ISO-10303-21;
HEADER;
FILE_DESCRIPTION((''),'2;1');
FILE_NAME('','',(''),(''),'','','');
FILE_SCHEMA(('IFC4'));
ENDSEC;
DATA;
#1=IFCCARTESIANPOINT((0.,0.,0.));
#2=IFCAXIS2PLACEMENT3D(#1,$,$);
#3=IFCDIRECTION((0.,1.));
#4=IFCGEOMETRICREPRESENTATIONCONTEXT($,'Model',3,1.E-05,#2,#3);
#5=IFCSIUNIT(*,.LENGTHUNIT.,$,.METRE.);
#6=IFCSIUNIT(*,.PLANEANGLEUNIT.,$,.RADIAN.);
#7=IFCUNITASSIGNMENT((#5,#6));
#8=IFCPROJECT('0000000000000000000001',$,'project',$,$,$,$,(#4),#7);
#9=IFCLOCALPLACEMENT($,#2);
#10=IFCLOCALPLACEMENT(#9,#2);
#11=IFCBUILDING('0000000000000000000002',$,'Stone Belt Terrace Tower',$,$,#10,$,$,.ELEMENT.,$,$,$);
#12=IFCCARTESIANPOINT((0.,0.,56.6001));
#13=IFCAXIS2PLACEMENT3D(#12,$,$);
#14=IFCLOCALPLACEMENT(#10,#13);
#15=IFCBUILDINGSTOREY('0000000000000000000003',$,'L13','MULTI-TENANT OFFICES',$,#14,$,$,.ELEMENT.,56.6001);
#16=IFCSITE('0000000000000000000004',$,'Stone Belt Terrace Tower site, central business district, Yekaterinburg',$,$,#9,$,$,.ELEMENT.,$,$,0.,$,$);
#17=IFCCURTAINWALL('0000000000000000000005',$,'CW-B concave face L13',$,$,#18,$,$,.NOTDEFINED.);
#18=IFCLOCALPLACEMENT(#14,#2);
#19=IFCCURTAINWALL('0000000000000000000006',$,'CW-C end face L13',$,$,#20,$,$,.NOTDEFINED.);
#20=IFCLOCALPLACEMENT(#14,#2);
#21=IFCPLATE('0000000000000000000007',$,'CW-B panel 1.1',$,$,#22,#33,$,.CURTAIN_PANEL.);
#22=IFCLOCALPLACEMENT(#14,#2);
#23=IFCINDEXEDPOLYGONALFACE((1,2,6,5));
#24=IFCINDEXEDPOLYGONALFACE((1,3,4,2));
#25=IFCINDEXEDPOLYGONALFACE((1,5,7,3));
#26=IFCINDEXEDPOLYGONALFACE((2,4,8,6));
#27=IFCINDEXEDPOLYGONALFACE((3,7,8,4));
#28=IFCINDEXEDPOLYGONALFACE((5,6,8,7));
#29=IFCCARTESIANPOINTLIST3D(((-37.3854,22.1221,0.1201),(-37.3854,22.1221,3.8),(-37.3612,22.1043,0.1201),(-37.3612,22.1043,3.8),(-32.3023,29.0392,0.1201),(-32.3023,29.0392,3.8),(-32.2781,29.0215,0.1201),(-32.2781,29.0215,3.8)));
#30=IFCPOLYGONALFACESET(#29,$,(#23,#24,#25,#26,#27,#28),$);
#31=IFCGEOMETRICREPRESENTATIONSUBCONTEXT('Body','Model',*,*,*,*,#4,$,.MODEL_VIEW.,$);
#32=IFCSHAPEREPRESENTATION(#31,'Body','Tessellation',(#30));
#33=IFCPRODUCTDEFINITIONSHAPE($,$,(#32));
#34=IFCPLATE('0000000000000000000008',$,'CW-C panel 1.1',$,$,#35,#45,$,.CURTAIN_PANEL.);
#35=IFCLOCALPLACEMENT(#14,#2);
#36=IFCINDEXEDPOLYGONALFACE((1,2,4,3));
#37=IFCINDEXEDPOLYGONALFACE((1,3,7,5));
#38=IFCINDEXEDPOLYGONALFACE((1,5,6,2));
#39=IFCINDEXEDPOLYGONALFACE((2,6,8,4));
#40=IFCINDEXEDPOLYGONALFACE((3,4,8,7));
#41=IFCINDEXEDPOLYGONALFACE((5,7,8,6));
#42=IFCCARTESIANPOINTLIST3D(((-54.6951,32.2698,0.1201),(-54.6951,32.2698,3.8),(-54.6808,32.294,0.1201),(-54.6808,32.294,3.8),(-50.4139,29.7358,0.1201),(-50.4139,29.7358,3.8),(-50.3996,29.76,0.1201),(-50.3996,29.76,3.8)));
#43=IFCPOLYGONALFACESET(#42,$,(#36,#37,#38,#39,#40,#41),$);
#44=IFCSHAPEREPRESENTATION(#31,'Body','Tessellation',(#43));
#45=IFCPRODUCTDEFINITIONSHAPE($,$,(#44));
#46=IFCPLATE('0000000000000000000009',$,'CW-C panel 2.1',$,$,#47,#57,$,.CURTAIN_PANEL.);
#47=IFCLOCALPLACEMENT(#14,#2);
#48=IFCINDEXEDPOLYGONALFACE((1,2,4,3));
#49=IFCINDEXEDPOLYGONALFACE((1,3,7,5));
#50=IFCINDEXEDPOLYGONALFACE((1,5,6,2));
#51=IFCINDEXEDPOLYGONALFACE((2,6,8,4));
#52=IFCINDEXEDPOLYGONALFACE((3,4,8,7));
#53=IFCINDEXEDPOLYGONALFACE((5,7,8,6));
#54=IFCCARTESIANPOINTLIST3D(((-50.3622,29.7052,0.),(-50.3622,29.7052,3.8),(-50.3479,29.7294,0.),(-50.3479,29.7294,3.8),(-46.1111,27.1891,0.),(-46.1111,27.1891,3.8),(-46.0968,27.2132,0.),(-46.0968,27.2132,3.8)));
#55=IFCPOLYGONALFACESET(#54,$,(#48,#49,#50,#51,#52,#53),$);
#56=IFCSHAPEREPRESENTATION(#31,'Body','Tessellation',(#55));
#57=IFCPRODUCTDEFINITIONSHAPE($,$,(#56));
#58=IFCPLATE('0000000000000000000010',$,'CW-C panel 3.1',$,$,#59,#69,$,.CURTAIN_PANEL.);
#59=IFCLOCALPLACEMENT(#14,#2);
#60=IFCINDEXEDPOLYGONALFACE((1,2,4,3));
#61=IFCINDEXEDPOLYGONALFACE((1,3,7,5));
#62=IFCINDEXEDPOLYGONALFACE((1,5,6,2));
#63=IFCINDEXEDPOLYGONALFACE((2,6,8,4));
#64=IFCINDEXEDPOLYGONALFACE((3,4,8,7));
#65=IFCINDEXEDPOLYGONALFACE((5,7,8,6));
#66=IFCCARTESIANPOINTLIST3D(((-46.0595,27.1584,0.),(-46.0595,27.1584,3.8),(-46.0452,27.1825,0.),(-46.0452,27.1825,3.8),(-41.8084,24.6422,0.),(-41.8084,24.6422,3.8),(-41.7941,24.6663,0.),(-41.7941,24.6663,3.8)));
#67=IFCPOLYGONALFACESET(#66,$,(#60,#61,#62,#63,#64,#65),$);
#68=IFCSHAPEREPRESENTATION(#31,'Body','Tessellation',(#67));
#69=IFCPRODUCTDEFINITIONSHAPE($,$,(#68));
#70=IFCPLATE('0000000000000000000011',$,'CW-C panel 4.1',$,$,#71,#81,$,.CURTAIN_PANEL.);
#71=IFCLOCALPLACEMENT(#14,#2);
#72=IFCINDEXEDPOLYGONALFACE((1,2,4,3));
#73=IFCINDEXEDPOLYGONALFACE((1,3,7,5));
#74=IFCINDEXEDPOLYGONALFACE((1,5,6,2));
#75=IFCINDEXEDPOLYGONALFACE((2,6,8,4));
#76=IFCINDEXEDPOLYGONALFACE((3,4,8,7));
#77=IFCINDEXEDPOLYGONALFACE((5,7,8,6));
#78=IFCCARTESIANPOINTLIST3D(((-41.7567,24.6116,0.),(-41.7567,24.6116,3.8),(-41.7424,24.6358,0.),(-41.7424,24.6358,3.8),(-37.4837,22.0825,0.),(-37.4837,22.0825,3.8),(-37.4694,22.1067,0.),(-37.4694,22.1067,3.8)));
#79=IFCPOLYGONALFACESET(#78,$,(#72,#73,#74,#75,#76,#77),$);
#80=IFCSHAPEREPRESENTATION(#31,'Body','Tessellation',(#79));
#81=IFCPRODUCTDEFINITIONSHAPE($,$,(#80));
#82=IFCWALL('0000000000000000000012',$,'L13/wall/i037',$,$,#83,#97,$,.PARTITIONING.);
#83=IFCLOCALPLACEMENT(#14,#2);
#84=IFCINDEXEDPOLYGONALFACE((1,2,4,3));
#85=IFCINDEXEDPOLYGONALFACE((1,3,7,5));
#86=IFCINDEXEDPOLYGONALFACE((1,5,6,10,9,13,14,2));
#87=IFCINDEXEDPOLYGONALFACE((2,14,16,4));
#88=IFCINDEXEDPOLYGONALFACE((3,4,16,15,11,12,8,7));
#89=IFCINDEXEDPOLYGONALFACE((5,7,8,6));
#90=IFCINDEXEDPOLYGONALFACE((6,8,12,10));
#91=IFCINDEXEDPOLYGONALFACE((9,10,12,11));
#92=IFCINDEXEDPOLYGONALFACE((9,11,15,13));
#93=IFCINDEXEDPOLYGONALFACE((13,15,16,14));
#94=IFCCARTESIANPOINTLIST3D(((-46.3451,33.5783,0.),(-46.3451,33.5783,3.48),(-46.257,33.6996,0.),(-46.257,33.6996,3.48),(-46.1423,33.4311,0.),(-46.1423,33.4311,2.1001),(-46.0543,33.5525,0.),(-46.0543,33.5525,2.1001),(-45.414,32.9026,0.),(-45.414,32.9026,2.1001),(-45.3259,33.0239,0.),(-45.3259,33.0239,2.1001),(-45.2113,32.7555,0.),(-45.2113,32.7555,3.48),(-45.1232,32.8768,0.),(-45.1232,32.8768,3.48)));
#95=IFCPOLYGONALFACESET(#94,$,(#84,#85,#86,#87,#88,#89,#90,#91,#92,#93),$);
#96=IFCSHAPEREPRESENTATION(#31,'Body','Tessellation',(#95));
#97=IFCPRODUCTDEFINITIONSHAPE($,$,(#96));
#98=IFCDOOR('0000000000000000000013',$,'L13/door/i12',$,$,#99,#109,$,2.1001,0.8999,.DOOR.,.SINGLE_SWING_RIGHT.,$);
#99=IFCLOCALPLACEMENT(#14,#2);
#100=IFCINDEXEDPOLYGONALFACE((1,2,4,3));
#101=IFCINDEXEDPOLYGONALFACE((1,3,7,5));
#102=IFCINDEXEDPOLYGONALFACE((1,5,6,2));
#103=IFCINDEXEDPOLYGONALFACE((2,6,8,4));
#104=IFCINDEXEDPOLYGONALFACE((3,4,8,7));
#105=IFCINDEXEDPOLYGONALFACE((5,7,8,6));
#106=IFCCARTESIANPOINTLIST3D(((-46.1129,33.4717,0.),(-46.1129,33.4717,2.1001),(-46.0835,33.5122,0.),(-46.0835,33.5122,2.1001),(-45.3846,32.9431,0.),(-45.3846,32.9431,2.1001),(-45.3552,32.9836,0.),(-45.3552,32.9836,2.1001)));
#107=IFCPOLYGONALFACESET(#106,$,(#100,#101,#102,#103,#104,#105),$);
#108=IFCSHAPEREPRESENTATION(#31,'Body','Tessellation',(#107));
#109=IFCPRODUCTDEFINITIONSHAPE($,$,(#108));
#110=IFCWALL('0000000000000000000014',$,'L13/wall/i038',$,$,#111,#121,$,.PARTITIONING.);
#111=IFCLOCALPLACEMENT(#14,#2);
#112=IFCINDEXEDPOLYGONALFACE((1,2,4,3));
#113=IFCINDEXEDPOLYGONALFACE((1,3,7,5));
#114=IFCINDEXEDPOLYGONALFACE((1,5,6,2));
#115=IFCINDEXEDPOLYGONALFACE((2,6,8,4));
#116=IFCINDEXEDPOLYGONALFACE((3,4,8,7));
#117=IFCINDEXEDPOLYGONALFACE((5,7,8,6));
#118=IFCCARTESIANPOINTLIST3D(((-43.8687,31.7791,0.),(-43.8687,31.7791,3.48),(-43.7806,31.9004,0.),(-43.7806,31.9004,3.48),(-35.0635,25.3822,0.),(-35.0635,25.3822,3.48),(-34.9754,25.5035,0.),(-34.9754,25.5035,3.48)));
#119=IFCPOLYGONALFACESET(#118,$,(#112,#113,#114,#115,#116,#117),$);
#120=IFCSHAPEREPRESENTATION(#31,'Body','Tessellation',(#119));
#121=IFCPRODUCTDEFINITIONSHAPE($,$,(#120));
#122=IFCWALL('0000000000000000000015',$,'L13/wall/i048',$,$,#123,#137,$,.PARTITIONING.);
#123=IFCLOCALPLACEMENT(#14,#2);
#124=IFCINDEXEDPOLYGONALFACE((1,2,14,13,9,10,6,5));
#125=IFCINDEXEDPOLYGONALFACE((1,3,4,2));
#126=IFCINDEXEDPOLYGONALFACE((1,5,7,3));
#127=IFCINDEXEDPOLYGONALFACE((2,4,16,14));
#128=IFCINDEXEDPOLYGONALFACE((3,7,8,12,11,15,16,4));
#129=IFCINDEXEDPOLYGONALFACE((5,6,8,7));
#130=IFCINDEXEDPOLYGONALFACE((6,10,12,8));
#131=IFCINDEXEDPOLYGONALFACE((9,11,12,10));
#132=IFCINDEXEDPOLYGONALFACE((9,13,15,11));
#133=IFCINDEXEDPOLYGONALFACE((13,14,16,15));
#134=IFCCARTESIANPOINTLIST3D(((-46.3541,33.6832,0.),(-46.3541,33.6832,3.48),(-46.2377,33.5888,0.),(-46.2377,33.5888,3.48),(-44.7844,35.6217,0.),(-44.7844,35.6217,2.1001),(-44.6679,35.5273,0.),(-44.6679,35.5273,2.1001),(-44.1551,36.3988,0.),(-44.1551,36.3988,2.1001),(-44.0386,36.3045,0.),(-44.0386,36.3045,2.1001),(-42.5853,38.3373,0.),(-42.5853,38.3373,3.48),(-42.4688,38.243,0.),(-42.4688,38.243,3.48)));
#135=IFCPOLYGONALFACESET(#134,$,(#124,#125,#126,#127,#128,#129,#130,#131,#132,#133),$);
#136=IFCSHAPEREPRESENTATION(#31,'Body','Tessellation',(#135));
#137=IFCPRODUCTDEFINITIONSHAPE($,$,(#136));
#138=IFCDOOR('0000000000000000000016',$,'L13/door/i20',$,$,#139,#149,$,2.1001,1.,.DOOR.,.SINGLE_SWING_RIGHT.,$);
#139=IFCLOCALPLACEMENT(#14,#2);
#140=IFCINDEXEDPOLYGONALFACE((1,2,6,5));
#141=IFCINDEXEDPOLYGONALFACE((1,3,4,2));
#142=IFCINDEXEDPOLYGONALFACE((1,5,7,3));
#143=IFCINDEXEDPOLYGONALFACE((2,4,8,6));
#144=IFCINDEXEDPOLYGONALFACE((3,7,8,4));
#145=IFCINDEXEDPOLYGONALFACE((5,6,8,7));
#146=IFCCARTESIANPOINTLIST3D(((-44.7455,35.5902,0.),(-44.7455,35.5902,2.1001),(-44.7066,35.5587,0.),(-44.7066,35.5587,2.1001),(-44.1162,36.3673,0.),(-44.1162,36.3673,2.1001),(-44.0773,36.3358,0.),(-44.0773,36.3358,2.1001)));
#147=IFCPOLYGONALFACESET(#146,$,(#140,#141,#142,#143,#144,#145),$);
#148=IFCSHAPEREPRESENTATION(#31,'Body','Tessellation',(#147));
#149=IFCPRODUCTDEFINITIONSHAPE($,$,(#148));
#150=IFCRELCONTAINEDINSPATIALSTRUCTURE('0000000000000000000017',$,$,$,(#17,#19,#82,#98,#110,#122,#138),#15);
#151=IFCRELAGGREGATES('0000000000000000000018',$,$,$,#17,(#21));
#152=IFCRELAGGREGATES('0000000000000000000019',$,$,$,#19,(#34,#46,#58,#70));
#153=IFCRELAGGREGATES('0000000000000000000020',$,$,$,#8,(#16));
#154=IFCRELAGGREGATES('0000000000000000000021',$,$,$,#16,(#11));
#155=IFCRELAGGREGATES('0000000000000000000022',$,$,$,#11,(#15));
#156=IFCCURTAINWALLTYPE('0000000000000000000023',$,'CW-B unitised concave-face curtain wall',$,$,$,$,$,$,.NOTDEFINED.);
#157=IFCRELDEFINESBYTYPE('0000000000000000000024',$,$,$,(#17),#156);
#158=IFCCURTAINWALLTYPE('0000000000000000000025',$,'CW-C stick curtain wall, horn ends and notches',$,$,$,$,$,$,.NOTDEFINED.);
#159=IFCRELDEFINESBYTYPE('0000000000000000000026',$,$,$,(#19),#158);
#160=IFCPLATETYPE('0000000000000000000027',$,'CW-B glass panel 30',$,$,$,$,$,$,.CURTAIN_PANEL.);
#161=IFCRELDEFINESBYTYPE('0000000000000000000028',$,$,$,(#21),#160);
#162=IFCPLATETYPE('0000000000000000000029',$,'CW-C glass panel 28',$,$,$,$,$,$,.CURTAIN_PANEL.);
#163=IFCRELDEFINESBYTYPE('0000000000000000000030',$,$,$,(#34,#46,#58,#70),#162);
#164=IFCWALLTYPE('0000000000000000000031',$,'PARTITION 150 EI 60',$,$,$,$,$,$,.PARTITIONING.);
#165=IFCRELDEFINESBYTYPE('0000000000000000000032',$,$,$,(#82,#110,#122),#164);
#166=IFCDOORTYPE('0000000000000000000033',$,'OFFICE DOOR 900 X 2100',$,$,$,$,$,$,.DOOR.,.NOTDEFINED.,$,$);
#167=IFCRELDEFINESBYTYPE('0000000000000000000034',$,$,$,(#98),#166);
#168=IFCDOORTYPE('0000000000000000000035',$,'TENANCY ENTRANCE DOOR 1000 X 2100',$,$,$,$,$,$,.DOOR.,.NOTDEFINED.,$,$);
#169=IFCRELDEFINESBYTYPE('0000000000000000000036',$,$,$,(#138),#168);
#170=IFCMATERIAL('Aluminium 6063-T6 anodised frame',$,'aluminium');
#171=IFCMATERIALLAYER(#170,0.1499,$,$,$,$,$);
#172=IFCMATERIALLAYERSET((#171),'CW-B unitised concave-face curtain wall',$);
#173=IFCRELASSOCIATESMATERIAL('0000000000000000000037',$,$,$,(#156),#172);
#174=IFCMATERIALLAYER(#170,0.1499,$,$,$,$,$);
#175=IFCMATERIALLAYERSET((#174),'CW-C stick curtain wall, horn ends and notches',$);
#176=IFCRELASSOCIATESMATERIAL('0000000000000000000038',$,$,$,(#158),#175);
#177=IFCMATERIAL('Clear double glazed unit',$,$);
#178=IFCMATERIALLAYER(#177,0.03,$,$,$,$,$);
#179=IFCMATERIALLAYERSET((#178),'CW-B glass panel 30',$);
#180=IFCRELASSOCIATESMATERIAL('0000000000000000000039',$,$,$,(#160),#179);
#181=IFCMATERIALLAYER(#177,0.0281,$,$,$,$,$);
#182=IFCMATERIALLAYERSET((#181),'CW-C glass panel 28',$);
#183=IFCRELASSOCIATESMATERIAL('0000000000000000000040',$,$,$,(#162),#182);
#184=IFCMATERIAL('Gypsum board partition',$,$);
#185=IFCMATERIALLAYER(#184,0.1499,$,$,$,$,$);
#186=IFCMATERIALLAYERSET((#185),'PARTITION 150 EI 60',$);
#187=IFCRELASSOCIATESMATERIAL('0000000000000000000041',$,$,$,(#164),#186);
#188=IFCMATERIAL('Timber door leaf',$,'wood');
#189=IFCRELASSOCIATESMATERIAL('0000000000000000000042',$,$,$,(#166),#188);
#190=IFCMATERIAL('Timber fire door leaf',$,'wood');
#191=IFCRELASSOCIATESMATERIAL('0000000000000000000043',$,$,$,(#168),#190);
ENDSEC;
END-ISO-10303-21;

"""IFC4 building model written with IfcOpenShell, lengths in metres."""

from ifc_helpers import new_model, si_unit, direction, frame, frame_2d, origin, origin_2d, place, context, subcontext, project, spatial, rectangle, extrude, material, layer, layer_set, type_object, element, fill, aggregate, save


model = new_model("IFC4")

# Units and contexts
model_context = context("Model", 3, precision=1e-05, world=origin(), true_north=direction((0.0, 1.0)))
body_context = subcontext(model_context, "Body", "Model", "MODEL_VIEW")
ifc_project = project(units=[si_unit("LENGTHUNIT", "METRE"), si_unit("PLANEANGLEUNIT", "RADIAN")], contexts=[model_context])

# Site, building, storey
site_placement = place(None, origin())
site = spatial("IfcSite", under=ifc_project, at=site_placement, Name="Stone Belt Terrace Tower site, central business district, Yekaterinburg", CompositionType="ELEMENT", RefElevation=0.0)
building_placement = place(site_placement, origin())
building = spatial("IfcBuilding", under=site, at=building_placement, Name="Stone Belt Terrace Tower", CompositionType="ELEMENT")
storey_placement = place(building_placement, frame((0.0, 0.0, 56.6001)))
storey = spatial("IfcBuildingStorey", under=building, at=storey_placement, Name="L13", Description="MULTI-TENANT OFFICES", CompositionType="ELEMENT", Elevation=56.6001)

# Curtain walls
ifc_material_1 = material(Name="Aluminium 6063-T6 anodised frame", Category="aluminium")
ifc_layer_1 = layer(ifc_material_1, 0.1499)
ifc_layer_set_1 = layer_set([ifc_layer_1], Name="CW-B unitised concave-face curtain wall")
curtain_wall_type_1 = type_object("IfcCurtainWallType", Name="CW-B unitised concave-face curtain wall", PredefinedType="NOTDEFINED", material=ifc_layer_set_1)
curtain_wall_1_placement = place(storey_placement, origin())
curtain_wall_1 = element("IfcCurtainWall", 1, at=curtain_wall_1_placement, inside=storey, type_object=curtain_wall_type_1, Name="CW-B concave face L13", PredefinedType="NOTDEFINED")
ifc_layer_2 = layer(ifc_material_1, 0.1499)
ifc_layer_set_2 = layer_set([ifc_layer_2], Name="CW-C stick curtain wall, horn ends and notches")
curtain_wall_type_2 = type_object("IfcCurtainWallType", Name="CW-C stick curtain wall, horn ends and notches", PredefinedType="NOTDEFINED", material=ifc_layer_set_2)
curtain_wall_2_placement = place(storey_placement, origin())
curtain_wall_2 = element("IfcCurtainWall", 2, at=curtain_wall_2_placement, inside=storey, type_object=curtain_wall_type_2, Name="CW-C end face L13", PredefinedType="NOTDEFINED")

# Plates
ifc_material_2 = material(Name="Clear double glazed unit")
ifc_layer_3 = layer(ifc_material_2, 0.03)
ifc_layer_set_3 = layer_set([ifc_layer_3], Name="CW-B glass panel 30")
plate_type_1 = type_object("IfcPlateType", Name="CW-B glass panel 30", PredefinedType="CURTAIN_PANEL", material=ifc_layer_set_3)
plate_1_placement = place(storey_placement, frame((-34.8318, 25.5718, 0.1201), z_axis=(0.0, 0.0, 1.0), x_axis=(0.592159, 0.805821, 0.0)))
plate_1 = element("IfcPlate", 3, at=plate_1_placement, type_object=plate_type_1, Name="CW-B panel 1.1", PredefinedType="CURTAIN_PANEL", context=body_context, shape_type="SweptSolid", body=[
    extrude(rectangle(XDim=8.584, YDim=0.03, at=origin_2d()), origin(), (0.0, 0.0, 1.0), 3.6799),
])
aggregate(curtain_wall_1, [plate_1])
ifc_layer_4 = layer(ifc_material_2, 0.0281)
ifc_layer_set_4 = layer_set([ifc_layer_4], Name="CW-C glass panel 28")
plate_type_2 = type_object("IfcPlateType", Name="CW-C glass panel 28", PredefinedType="CURTAIN_PANEL", material=ifc_layer_set_4)
plate_2_placement = place(storey_placement, frame((-52.5474, 31.0149, 0.1201), z_axis=(0.0, 0.0, 1.0), x_axis=(0.860558, -0.509353, 0.0)))
plate_2 = element("IfcPlate", 4, at=plate_2_placement, type_object=plate_type_2, Name="CW-C panel 1.1", PredefinedType="CURTAIN_PANEL", context=body_context, shape_type="SweptSolid", body=[
    extrude(rectangle(XDim=4.9749, YDim=0.0281, at=origin_2d()), origin(), (0.0, 0.0, 1.0), 3.6799),
])
plate_3_placement = place(storey_placement, frame((-48.2295, 28.4592, 0.0), z_axis=(0.0, 0.0, 1.0), x_axis=(0.860558, -0.509353, 0.0)))
plate_3 = element("IfcPlate", 5, at=plate_3_placement, type_object=plate_type_2, Name="CW-C panel 2.1", PredefinedType="CURTAIN_PANEL", context=body_context, shape_type="SweptSolid", body=[
    extrude(rectangle(XDim=4.9399, YDim=0.0281, at=origin_2d()), origin(), (0.0, 0.0, 1.0), 3.8),
])
plate_4_placement = place(storey_placement, frame((-43.9268, 25.9124, 0.0), z_axis=(0.0, 0.0, 1.0), x_axis=(0.860558, -0.509353, 0.0)))
plate_4 = element("IfcPlate", 6, at=plate_4_placement, type_object=plate_type_2, Name="CW-C panel 3.1", PredefinedType="CURTAIN_PANEL", context=body_context, shape_type="SweptSolid", body=[
    extrude(rectangle(XDim=4.9399, YDim=0.0281, at=origin_2d()), origin(), (0.0, 0.0, 1.0), 3.8),
])
plate_5_placement = place(storey_placement, frame((-39.613, 23.3591, 0.0), z_axis=(0.0, 0.0, 1.0), x_axis=(0.860558, -0.509353, 0.0)))
plate_5 = element("IfcPlate", 7, at=plate_5_placement, type_object=plate_type_2, Name="CW-C panel 4.1", PredefinedType="CURTAIN_PANEL", context=body_context, shape_type="SweptSolid", body=[
    extrude(rectangle(XDim=4.9653, YDim=0.0281, at=origin_2d()), origin(), (0.0, 0.0, 1.0), 3.8),
])
aggregate(curtain_wall_2, [plate_2, plate_3, plate_4, plate_5])

# Wall, opening, door
ifc_material_3 = material(Name="Gypsum board partition")
ifc_layer_5 = layer(ifc_material_3, 0.1499)
ifc_layer_set_5 = layer_set([ifc_layer_5], Name="PARTITION 150 EI 60")
wall_type = type_object("IfcWallType", Name="PARTITION 150 EI 60", PredefinedType="PARTITIONING", material=ifc_layer_set_5)
wall_1_placement = place(storey_placement, frame((-45.1672, 32.8162, 0.0), z_axis=(0.0, 0.0, 1.0), x_axis=(-0.809354, 0.587322, 0.0)))
wall_1 = element("IfcWall", 8, at=wall_1_placement, inside=storey, type_object=wall_type, Name="L13/wall/i037", PredefinedType="PARTITIONING", context=body_context, shape_type="SweptSolid", body=[
    extrude(rectangle(XDim=1.4009, YDim=0.1499, at=frame_2d((0.7004, 0.0))), origin(), (0.0, 0.0, 1.0), 3.48),
])
opening_1_placement = place(wall_1_placement, frame((0.2505, 0.0, 0.0)))
opening_1 = element("IfcOpeningElement", 9, at=opening_1_placement, cuts=wall_1, PredefinedType="OPENING", context=body_context, shape_type="SweptSolid", body=[
    extrude(rectangle(XDim=0.8999, YDim=2.1001, at=frame_2d((0.45, 1.05))), frame((0.0, 0.085, 0.0), z_axis=(0.0, -1.0, 0.0), x_axis=(1.0, 0.0, 0.0)), (0.0, 0.0, 1.0), 0.1699),
])
ifc_material_4 = material(Name="Timber door leaf", Category="wood")
door_type_1 = type_object("IfcDoorType", Name="OFFICE DOOR 900 X 2100", OperationType="NOTDEFINED", PredefinedType="DOOR", material=ifc_material_4)
door_1_placement = place(opening_1_placement, origin())
door_1 = element("IfcDoor", 10, at=door_1_placement, inside=storey, type_object=door_type_1, Name="L13/door/i12", OperationType="SINGLE_SWING_RIGHT", OverallHeight=2.1001, OverallWidth=0.8999, PredefinedType="DOOR", context=body_context, shape_type="SweptSolid", body=[
    extrude(rectangle(XDim=0.8999, YDim=2.1001, at=frame_2d((0.45, 1.05))), frame((0.0, 0.0249, 0.0), z_axis=(0.0, -1.0, 0.0), x_axis=(1.0, 0.0, 0.0)), (0.0, 0.0, 1.0), 0.05),
])
fill(opening_1, door_1)

# Wall
wall_2_placement = place(storey_placement, frame((-43.8247, 31.8398, 0.0), z_axis=(0.0, 0.0, 1.0), x_axis=(0.809033, -0.587763, 0.0)))
element("IfcWall", 11, at=wall_2_placement, inside=storey, type_object=wall_type, Name="L13/wall/i038", PredefinedType="PARTITIONING", context=body_context, shape_type="SweptSolid", body=[
    extrude(rectangle(XDim=10.8835, YDim=0.1499, at=frame_2d((5.4419, 0.0))), origin(), (0.0, 0.0, 1.0), 3.48),
])

# Wall, opening, door
wall_3_placement = place(storey_placement, frame((-46.2959, 33.636, 0.0), z_axis=(0.0, 0.0, 1.0), x_axis=(0.629323, 0.777144, 0.0)))
wall_3 = element("IfcWall", 12, at=wall_3_placement, inside=storey, type_object=wall_type, Name="L13/wall/i048", PredefinedType="PARTITIONING", context=body_context, shape_type="SweptSolid", body=[
    extrude(rectangle(XDim=5.9888, YDim=0.1499, at=frame_2d((2.9944, 0.0))), origin(), (0.0, 0.0, 1.0), 3.48),
])
opening_2_placement = place(wall_3_placement, frame((2.4944, 0.0, 0.0)))
opening_2 = element("IfcOpeningElement", 13, at=opening_2_placement, cuts=wall_3, PredefinedType="OPENING", context=body_context, shape_type="SweptSolid", body=[
    extrude(rectangle(XDim=1.0, YDim=2.1001, at=frame_2d((0.5, 1.05))), frame((0.0, 0.085, 0.0), z_axis=(0.0, -1.0, 0.0), x_axis=(1.0, 0.0, 0.0)), (0.0, 0.0, 1.0), 0.1699),
])
ifc_material_5 = material(Name="Timber fire door leaf", Category="wood")
door_type_2 = type_object("IfcDoorType", Name="TENANCY ENTRANCE DOOR 1000 X 2100", OperationType="NOTDEFINED", PredefinedType="DOOR", material=ifc_material_5)
door_2_placement = place(opening_2_placement, origin())
door_2 = element("IfcDoor", 14, at=door_2_placement, inside=storey, type_object=door_type_2, Name="L13/door/i20", OperationType="SINGLE_SWING_RIGHT", OverallHeight=2.1001, OverallWidth=1.0, PredefinedType="DOOR", context=body_context, shape_type="SweptSolid", body=[
    extrude(rectangle(XDim=1.0, YDim=2.1001, at=frame_2d((0.5, 1.05))), frame((0.0, 0.0249, 0.0), z_axis=(0.0, -1.0, 0.0), x_axis=(1.0, 0.0, 0.0)), (0.0, 0.0, 1.0), 0.05),
])
fill(opening_2, door_2)

save(model, "model.ifc")
